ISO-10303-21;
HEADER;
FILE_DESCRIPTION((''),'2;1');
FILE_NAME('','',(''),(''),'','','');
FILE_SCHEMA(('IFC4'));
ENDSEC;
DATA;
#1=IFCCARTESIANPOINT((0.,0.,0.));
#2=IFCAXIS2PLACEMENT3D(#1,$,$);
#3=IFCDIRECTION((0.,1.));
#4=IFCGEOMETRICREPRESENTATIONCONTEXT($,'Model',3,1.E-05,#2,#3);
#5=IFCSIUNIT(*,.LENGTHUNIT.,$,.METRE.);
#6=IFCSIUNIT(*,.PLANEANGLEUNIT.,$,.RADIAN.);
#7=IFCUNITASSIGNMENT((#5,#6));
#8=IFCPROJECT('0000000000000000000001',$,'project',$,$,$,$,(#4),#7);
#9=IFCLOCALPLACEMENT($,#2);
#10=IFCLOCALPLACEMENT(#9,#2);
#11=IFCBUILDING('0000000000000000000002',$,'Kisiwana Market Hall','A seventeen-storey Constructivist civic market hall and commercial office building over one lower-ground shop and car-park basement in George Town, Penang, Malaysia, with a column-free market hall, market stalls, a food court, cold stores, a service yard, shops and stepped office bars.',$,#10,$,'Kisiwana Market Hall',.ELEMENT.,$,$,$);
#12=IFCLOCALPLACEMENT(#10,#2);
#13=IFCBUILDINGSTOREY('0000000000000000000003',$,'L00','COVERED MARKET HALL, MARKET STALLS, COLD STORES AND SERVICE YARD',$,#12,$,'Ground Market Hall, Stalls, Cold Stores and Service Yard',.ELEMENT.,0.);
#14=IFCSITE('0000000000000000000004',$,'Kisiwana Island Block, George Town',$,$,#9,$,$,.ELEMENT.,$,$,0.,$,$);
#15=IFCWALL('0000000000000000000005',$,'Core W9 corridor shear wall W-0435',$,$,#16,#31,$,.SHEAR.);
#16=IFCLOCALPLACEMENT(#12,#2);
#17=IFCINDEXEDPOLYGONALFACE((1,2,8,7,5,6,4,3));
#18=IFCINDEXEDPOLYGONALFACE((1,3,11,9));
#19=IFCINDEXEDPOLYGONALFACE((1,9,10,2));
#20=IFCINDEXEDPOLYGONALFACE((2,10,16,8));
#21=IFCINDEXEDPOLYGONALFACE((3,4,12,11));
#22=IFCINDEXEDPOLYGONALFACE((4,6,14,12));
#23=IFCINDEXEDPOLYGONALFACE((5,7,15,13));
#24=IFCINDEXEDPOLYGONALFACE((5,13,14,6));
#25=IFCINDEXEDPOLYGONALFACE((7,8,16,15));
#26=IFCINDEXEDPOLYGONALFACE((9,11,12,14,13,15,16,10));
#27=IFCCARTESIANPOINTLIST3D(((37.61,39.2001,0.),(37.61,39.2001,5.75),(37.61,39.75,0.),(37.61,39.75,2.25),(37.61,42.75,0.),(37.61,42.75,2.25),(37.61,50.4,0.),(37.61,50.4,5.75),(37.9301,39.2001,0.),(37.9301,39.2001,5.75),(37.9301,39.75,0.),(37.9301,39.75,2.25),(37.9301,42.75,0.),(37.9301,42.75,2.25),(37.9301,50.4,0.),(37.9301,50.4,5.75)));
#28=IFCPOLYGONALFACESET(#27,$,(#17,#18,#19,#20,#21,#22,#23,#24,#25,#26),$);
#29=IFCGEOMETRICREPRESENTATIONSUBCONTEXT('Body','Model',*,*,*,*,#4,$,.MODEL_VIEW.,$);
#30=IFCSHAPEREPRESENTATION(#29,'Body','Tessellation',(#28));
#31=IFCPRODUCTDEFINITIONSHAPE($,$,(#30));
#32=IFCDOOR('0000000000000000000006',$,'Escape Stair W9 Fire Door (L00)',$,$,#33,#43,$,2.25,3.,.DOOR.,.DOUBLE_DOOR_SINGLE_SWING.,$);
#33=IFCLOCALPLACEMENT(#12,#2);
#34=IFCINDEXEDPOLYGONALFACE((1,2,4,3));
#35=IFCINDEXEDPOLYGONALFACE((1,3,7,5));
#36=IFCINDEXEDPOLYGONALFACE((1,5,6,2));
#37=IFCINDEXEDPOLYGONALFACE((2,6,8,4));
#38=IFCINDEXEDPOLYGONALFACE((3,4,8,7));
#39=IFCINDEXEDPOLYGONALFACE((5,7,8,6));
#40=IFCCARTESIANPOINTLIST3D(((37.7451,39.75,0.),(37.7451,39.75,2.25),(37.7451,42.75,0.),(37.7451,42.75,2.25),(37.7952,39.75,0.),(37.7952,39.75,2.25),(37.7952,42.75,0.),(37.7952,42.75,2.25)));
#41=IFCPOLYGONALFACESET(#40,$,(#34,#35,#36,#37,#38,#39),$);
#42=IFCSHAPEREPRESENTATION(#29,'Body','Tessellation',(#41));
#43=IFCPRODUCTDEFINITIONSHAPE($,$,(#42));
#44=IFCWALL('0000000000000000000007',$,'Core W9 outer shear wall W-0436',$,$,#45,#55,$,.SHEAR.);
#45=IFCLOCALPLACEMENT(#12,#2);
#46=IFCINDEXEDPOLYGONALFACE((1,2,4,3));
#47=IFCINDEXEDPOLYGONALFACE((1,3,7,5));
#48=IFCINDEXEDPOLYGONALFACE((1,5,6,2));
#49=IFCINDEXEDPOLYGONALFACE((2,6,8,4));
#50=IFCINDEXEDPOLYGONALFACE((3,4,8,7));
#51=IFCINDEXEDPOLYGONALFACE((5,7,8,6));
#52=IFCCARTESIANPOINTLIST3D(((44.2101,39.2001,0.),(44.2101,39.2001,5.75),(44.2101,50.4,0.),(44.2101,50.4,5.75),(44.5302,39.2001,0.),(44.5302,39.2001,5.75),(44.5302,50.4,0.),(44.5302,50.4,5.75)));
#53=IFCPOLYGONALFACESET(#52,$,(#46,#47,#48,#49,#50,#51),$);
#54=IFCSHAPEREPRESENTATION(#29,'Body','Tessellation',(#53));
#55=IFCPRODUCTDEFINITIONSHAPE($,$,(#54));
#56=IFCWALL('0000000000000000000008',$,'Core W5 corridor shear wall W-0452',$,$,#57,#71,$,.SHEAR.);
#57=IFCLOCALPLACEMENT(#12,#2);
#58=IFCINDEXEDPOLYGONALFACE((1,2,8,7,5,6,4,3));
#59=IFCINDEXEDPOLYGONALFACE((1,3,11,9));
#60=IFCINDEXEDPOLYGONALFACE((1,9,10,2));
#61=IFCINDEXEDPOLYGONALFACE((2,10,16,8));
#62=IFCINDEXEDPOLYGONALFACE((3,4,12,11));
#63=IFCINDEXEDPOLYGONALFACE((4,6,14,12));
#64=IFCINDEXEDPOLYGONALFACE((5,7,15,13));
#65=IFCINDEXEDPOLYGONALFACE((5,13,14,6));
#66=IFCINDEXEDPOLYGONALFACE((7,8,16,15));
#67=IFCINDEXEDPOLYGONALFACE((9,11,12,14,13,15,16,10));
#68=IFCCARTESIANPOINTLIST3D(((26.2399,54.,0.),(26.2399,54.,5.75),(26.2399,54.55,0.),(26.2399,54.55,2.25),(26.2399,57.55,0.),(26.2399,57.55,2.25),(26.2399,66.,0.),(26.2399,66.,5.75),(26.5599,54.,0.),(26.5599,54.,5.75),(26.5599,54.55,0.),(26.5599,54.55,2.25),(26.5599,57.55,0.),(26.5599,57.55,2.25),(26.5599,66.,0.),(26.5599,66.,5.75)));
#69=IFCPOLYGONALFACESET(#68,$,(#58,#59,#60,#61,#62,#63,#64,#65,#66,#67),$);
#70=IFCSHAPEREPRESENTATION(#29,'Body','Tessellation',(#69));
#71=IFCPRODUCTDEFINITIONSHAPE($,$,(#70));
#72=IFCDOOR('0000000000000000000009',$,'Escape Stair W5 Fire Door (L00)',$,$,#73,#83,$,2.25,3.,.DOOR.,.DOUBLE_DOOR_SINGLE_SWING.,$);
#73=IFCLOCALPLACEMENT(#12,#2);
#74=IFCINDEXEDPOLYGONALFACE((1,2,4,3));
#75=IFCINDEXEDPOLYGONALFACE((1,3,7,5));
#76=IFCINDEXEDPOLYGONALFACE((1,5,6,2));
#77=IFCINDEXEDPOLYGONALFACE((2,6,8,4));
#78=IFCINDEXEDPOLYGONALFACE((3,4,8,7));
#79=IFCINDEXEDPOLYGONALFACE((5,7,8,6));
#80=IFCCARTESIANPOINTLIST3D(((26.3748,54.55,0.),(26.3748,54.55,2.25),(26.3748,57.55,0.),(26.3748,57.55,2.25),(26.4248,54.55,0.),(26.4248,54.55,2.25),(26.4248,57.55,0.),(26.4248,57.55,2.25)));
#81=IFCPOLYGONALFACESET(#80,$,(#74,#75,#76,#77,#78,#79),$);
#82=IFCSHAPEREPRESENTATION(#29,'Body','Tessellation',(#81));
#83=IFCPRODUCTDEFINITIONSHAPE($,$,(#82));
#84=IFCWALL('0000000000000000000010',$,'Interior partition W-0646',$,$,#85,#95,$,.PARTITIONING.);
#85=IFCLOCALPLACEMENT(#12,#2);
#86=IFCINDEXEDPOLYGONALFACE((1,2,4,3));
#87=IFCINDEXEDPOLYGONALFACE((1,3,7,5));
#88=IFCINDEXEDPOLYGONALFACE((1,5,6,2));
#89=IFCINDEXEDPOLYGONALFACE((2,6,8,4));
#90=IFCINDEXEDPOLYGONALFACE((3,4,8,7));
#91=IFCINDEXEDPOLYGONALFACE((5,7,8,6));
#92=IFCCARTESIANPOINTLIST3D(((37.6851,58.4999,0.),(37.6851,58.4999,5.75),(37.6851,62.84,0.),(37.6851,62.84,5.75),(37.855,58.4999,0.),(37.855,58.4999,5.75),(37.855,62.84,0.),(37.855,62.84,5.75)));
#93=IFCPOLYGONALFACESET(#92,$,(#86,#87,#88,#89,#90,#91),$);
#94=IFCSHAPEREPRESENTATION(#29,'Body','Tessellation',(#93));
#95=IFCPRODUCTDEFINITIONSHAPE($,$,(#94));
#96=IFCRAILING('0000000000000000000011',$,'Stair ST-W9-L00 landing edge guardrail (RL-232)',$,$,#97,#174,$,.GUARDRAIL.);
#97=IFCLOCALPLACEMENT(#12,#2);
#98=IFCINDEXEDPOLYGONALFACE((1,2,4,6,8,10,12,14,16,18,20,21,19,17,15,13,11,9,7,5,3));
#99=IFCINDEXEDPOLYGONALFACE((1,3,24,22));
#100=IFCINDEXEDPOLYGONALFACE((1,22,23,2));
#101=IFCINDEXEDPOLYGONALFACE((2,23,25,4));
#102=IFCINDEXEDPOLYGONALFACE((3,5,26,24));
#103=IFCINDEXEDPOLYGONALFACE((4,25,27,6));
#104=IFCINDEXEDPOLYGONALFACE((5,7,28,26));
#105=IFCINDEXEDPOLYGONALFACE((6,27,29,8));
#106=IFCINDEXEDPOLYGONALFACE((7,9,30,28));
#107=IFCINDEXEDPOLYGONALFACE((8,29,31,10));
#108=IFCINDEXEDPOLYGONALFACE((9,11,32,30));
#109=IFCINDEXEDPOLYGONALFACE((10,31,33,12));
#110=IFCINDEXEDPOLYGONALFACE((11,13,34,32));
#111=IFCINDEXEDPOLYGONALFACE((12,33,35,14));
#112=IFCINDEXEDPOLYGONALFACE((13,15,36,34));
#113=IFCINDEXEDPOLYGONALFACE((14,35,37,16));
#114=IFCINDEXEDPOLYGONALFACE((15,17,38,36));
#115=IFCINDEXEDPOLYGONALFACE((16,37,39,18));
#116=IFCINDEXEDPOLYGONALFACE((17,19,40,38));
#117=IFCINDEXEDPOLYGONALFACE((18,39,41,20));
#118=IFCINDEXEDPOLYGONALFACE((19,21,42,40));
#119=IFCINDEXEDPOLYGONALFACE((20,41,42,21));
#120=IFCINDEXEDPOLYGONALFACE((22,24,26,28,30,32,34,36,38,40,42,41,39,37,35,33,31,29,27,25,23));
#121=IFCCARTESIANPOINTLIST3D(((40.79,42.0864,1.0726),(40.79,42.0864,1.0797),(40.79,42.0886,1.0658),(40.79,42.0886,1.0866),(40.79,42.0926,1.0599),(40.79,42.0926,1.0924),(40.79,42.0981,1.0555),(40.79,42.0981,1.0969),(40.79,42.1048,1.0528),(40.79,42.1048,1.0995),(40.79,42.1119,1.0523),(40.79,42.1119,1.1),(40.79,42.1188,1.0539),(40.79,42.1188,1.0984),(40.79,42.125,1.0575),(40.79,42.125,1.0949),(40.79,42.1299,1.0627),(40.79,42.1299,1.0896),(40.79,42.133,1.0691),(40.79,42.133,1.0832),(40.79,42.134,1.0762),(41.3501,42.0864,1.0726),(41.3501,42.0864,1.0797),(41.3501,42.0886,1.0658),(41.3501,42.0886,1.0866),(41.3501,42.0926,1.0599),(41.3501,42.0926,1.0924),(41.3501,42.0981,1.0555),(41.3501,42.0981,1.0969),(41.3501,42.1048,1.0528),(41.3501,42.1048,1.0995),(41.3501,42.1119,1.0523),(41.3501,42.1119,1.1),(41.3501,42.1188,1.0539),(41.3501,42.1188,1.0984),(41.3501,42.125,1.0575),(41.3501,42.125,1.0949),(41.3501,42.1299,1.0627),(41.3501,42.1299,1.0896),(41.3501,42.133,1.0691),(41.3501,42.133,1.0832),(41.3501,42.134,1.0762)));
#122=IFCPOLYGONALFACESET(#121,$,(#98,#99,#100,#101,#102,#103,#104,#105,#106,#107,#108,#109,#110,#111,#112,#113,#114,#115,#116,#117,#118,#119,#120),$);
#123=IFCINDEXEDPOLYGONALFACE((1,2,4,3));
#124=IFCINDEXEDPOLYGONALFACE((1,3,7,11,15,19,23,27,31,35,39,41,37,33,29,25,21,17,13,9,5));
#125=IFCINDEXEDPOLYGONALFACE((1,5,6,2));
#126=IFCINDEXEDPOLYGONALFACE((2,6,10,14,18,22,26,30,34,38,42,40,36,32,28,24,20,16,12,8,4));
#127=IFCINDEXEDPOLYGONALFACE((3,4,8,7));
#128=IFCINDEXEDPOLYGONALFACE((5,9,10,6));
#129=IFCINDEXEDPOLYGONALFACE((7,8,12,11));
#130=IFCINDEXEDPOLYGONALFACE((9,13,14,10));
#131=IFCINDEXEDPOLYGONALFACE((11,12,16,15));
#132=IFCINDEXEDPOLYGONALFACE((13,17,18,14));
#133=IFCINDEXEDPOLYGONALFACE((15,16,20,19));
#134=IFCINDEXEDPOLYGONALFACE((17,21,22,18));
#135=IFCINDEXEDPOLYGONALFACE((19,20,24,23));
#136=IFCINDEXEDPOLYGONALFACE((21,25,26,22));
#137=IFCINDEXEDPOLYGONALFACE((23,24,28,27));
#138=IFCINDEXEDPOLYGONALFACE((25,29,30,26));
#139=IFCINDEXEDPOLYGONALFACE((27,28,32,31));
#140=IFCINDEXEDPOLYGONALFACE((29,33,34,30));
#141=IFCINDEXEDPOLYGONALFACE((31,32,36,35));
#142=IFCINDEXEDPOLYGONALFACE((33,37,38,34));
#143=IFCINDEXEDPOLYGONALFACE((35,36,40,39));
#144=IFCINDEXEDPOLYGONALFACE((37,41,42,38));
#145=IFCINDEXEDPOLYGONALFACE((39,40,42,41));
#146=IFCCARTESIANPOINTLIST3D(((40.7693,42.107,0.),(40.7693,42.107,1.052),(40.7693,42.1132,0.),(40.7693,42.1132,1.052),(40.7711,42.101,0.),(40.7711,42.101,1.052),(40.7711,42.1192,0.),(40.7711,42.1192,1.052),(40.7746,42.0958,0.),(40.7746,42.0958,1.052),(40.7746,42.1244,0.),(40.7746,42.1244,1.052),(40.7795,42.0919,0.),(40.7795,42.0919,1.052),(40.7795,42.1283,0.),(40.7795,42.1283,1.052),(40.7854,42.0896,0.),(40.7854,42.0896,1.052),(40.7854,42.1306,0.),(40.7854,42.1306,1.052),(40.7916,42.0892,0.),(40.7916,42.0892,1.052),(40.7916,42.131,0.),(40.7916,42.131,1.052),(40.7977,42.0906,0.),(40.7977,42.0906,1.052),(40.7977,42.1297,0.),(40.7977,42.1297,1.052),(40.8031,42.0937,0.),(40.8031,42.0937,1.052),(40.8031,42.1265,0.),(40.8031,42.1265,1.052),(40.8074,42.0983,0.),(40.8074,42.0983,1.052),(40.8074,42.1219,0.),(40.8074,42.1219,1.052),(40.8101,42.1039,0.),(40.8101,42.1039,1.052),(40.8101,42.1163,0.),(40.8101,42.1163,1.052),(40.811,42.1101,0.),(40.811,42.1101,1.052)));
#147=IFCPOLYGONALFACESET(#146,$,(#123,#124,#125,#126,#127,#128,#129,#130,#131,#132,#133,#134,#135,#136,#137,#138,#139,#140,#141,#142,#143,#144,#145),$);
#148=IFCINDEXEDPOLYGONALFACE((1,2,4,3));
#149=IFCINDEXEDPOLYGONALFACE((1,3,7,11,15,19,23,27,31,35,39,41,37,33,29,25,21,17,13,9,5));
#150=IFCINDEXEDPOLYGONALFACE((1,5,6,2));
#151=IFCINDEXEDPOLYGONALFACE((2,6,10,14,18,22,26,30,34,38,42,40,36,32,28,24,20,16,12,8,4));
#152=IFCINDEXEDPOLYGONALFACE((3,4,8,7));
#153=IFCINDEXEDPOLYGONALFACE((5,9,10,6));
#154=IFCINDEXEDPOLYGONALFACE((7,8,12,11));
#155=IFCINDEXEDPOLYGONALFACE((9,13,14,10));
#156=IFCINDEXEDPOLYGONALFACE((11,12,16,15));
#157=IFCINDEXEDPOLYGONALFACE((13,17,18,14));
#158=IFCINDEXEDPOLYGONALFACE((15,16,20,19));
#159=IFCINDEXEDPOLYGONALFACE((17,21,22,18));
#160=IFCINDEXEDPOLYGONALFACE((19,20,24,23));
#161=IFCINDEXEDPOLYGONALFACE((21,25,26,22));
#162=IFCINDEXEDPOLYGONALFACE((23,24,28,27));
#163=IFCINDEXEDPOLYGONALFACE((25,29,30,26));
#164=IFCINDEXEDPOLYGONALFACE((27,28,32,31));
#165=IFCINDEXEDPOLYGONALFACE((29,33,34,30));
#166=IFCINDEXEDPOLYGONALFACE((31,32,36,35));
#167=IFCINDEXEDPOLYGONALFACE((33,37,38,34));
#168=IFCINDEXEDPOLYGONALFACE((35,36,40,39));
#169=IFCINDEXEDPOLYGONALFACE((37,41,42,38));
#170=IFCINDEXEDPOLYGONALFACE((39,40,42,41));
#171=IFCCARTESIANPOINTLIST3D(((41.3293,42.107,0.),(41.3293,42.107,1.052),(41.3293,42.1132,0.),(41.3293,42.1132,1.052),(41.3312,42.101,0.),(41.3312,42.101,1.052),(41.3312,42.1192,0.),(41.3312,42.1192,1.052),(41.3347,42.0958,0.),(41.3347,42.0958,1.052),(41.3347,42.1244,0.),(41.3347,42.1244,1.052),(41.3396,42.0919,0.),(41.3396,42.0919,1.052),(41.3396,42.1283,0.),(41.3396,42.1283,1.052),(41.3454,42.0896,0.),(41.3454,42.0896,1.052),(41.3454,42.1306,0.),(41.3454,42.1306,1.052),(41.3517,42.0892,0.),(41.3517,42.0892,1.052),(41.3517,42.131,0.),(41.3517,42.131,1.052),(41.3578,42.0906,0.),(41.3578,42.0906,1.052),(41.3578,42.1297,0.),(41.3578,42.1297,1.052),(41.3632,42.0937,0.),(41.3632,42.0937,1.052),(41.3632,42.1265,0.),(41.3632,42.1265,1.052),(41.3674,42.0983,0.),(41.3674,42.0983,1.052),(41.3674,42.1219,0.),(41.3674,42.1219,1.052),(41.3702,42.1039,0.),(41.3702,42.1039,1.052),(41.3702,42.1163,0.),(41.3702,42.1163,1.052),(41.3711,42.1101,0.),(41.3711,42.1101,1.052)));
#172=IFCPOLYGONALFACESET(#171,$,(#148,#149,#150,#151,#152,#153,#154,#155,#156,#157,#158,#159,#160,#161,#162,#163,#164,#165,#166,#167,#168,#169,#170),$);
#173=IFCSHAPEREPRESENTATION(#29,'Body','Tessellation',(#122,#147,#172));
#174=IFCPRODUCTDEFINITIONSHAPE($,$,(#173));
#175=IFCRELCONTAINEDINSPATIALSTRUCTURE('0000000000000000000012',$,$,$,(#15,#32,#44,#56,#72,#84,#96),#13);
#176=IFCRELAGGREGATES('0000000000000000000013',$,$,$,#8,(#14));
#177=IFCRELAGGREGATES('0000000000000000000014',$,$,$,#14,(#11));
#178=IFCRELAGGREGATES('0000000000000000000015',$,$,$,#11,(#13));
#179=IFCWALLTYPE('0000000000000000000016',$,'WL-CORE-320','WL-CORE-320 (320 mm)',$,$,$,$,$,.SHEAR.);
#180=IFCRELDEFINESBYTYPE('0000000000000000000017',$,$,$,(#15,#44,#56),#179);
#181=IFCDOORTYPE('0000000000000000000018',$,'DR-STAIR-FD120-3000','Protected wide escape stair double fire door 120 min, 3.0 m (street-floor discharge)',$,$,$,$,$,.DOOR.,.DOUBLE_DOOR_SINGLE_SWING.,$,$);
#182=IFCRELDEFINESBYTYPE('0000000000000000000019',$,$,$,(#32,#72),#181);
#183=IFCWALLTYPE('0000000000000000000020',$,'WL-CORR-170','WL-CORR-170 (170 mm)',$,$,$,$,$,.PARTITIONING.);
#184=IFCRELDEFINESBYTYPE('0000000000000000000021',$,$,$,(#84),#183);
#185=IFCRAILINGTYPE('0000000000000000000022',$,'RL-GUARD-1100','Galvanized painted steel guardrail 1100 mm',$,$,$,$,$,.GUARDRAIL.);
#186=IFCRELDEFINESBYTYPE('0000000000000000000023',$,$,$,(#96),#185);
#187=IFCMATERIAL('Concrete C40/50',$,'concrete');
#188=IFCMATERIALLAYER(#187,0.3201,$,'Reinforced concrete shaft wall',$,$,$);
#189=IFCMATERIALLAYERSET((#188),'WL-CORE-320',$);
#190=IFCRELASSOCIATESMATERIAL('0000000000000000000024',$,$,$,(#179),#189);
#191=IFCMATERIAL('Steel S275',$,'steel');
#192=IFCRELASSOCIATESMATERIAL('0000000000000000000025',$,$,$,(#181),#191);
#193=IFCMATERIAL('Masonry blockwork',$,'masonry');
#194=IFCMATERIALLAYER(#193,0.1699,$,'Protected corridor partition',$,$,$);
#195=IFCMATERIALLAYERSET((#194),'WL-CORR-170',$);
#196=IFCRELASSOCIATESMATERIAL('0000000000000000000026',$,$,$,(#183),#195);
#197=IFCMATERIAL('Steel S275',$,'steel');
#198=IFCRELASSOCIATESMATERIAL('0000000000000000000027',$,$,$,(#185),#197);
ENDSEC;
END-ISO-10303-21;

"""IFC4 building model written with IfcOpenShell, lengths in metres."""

from ifc_helpers import new_model, si_unit, direction, frame, frame_2d, origin, origin_2d, place, context, subcontext, project, spatial, rectangle, circle, extrude, material, layer, layer_set, type_object, element, fill, save


model = new_model("IFC4")

# Units and contexts
model_context = context("Model", 3, precision=1e-05, world=origin(), true_north=direction((0.0, 1.0)))
body_context = subcontext(model_context, "Body", "Model", "MODEL_VIEW")
ifc_project = project(units=[si_unit("LENGTHUNIT", "METRE"), si_unit("PLANEANGLEUNIT", "RADIAN")], contexts=[model_context])

# Site, building, storey
site_placement = place(None, origin())
site = spatial("IfcSite", under=ifc_project, at=site_placement, Name="Kisiwana Island Block, George Town", CompositionType="ELEMENT", RefElevation=0.0)
building_placement = place(site_placement, origin())
building = spatial("IfcBuilding", under=site, at=building_placement, Name="Kisiwana Market Hall", Description="A seventeen-storey Constructivist civic market hall and commercial office building over one lower-ground shop and car-park basement in George Town, Penang, Malaysia, with a column-free market hall, market stalls, a food court, cold stores, a service yard, shops and stepped office bars.", LongName="Kisiwana Market Hall", CompositionType="ELEMENT")
storey_placement = place(building_placement, origin())
storey = spatial("IfcBuildingStorey", under=building, at=storey_placement, Name="L00", Description="COVERED MARKET HALL, MARKET STALLS, COLD STORES AND SERVICE YARD", LongName="Ground Market Hall, Stalls, Cold Stores and Service Yard", CompositionType="ELEMENT", Elevation=0.0)

# Shared definitions
ifc_material_1 = material(Name="Concrete C40/50", Category="concrete")
ifc_layer_1 = layer(ifc_material_1, 0.3201, Name="Reinforced concrete shaft wall")
ifc_layer_set_1 = layer_set([ifc_layer_1], Name="WL-CORE-320")
wall_type_1 = type_object("IfcWallType", Name="WL-CORE-320", Description="WL-CORE-320 (320 mm)", PredefinedType="SHEAR", material=ifc_layer_set_1)

# Wall, opening, door
wall_1_placement = place(storey_placement, frame((37.77, 39.2, 0.0), z_axis=(0.0, 0.0, 1.0), x_axis=(0.0, 1.0, 0.0)))
wall_1 = element("IfcWall", 1, at=wall_1_placement, inside=storey, type_object=wall_type_1, Name="Core W9 corridor shear wall W-0435", PredefinedType="SHEAR", context=body_context, shape_type="SweptSolid", body=[
    extrude(rectangle(XDim=11.2, YDim=0.3201, at=frame_2d((5.6001, 0.0))), origin(), (0.0, 0.0, 1.0), 5.75),
])
opening_1_placement = place(wall_1_placement, frame((0.55, 0.0, 0.0)))
opening_1 = element("IfcOpeningElement", 2, at=opening_1_placement, cuts=wall_1, PredefinedType="OPENING", context=body_context, shape_type="SweptSolid", body=[
    extrude(rectangle(XDim=3.0, YDim=2.25, at=frame_2d((1.5, 1.125))), frame((0.0, 0.1719, 0.0), z_axis=(0.0, -1.0, 0.0), x_axis=(1.0, 0.0, 0.0)), (0.0, 0.0, 1.0), 0.344),
])
ifc_material_2 = material(Name="Steel S275", Category="steel")
door_type = type_object("IfcDoorType", Name="DR-STAIR-FD120-3000", Description="Protected wide escape stair double fire door 120 min, 3.0 m (street-floor discharge)", OperationType="DOUBLE_DOOR_SINGLE_SWING", PredefinedType="DOOR", material=ifc_material_2)
door_1_placement = place(opening_1_placement, origin())
door_1 = element("IfcDoor", 3, at=door_1_placement, inside=storey, type_object=door_type, Name="Escape Stair W9 Fire Door (L00)", OperationType="DOUBLE_DOOR_SINGLE_SWING", OverallHeight=2.25, OverallWidth=3.0, PredefinedType="DOOR", context=body_context, shape_type="SweptSolid", body=[
    extrude(rectangle(XDim=3.0, YDim=2.25, at=frame_2d((1.5, 1.125))), frame((0.0, 0.0249, 0.0), z_axis=(0.0, -1.0, 0.0), x_axis=(1.0, 0.0, 0.0)), (0.0, 0.0, 1.0), 0.05),
])
fill(opening_1, door_1)

# Wall
wall_2_placement = place(storey_placement, frame((44.3701, 39.2, 0.0), z_axis=(0.0, 0.0, 1.0), x_axis=(0.0, 1.0, 0.0)))
element("IfcWall", 4, at=wall_2_placement, inside=storey, type_object=wall_type_1, Name="Core W9 outer shear wall W-0436", PredefinedType="SHEAR", context=body_context, shape_type="SweptSolid", body=[
    extrude(rectangle(XDim=11.2, YDim=0.3201, at=frame_2d((5.6001, 0.0))), origin(), (0.0, 0.0, 1.0), 5.75),
])

# Wall, opening, door
wall_3_placement = place(storey_placement, frame((26.3999, 54.0, 0.0), z_axis=(0.0, 0.0, 1.0), x_axis=(0.0, 1.0, 0.0)))
wall_3 = element("IfcWall", 5, at=wall_3_placement, inside=storey, type_object=wall_type_1, Name="Core W5 corridor shear wall W-0452", PredefinedType="SHEAR", context=body_context, shape_type="SweptSolid", body=[
    extrude(rectangle(XDim=12.0, YDim=0.3201, at=frame_2d((6.0, 0.0))), origin(), (0.0, 0.0, 1.0), 5.75),
])
opening_2_placement = place(wall_3_placement, frame((0.55, 0.0, 0.0)))
opening_2 = element("IfcOpeningElement", 6, at=opening_2_placement, cuts=wall_3, PredefinedType="OPENING", context=body_context, shape_type="SweptSolid", body=[
    extrude(rectangle(XDim=3.0, YDim=2.25, at=frame_2d((1.5, 1.125))), frame((0.0, 0.1719, 0.0), z_axis=(0.0, -1.0, 0.0), x_axis=(1.0, 0.0, 0.0)), (0.0, 0.0, 1.0), 0.344),
])
door_2_placement = place(opening_2_placement, frame((3.0, 0.0, 0.0), z_axis=(0.0, 0.0, 1.0), x_axis=(-1.0, 0.0, 0.0)))
door_2 = element("IfcDoor", 7, at=door_2_placement, inside=storey, type_object=door_type, Name="Escape Stair W5 Fire Door (L00)", OperationType="DOUBLE_DOOR_SINGLE_SWING", OverallHeight=2.25, OverallWidth=3.0, PredefinedType="DOOR", context=body_context, shape_type="SweptSolid", body=[
    extrude(rectangle(XDim=3.0, YDim=2.25, at=frame_2d((1.5, 1.125))), frame((0.0, 0.0249, 0.0), z_axis=(0.0, -1.0, 0.0), x_axis=(1.0, 0.0, 0.0)), (0.0, 0.0, 1.0), 0.05),
])
fill(opening_2, door_2)

# Wall
ifc_material_3 = material(Name="Masonry blockwork", Category="masonry")
ifc_layer_2 = layer(ifc_material_3, 0.1699, Name="Protected corridor partition")
ifc_layer_set_2 = layer_set([ifc_layer_2], Name="WL-CORR-170")
wall_type_2 = type_object("IfcWallType", Name="WL-CORR-170", Description="WL-CORR-170 (170 mm)", PredefinedType="PARTITIONING", material=ifc_layer_set_2)
wall_4_placement = place(storey_placement, frame((37.77, 58.5, 0.0), z_axis=(0.0, 0.0, 1.0), x_axis=(0.0, 1.0, 0.0)))
element("IfcWall", 8, at=wall_4_placement, inside=storey, type_object=wall_type_2, Name="Interior partition W-0646", PredefinedType="PARTITIONING", context=body_context, shape_type="SweptSolid", body=[
    extrude(rectangle(XDim=4.3401, YDim=0.1699, at=frame_2d((2.1699, 0.0))), origin(), (0.0, 0.0, 1.0), 5.75),
])

# Railing
ifc_material_4 = material(Name="Steel S275", Category="steel")
railing_type_1 = type_object("IfcRailingType", Name="RL-GUARD-1100", Description="Galvanized painted steel guardrail 1100 mm", PredefinedType="GUARDRAIL", material=ifc_material_4)
railing_1_placement = place(storey_placement, frame((40.79, 42.1101, 0.0)))
element("IfcRailing", 9, at=railing_1_placement, inside=storey, type_object=railing_type_1, Name="Stair ST-W9-L00 landing edge guardrail (RL-232)", PredefinedType="GUARDRAIL", context=body_context, shape_type="SweptSolid", body=[
    extrude(circle(Radius=0.0239, at=origin_2d()), frame((0.0, 0.0, 1.0762), z_axis=(1.0, 0.0, 0.0), x_axis=(0.0, 1.0, 0.0)), (0.0, 0.0, 1.0), 0.5601),
    extrude(circle(Radius=0.021, at=origin_2d()), origin(), (0.0, 0.0, 1.0), 1.052),
    extrude(circle(Radius=0.021, at=origin_2d()), frame((0.5601, 0.0, 0.0)), (0.0, 0.0, 1.0), 1.052),
])

save(model, "model.ifc")
